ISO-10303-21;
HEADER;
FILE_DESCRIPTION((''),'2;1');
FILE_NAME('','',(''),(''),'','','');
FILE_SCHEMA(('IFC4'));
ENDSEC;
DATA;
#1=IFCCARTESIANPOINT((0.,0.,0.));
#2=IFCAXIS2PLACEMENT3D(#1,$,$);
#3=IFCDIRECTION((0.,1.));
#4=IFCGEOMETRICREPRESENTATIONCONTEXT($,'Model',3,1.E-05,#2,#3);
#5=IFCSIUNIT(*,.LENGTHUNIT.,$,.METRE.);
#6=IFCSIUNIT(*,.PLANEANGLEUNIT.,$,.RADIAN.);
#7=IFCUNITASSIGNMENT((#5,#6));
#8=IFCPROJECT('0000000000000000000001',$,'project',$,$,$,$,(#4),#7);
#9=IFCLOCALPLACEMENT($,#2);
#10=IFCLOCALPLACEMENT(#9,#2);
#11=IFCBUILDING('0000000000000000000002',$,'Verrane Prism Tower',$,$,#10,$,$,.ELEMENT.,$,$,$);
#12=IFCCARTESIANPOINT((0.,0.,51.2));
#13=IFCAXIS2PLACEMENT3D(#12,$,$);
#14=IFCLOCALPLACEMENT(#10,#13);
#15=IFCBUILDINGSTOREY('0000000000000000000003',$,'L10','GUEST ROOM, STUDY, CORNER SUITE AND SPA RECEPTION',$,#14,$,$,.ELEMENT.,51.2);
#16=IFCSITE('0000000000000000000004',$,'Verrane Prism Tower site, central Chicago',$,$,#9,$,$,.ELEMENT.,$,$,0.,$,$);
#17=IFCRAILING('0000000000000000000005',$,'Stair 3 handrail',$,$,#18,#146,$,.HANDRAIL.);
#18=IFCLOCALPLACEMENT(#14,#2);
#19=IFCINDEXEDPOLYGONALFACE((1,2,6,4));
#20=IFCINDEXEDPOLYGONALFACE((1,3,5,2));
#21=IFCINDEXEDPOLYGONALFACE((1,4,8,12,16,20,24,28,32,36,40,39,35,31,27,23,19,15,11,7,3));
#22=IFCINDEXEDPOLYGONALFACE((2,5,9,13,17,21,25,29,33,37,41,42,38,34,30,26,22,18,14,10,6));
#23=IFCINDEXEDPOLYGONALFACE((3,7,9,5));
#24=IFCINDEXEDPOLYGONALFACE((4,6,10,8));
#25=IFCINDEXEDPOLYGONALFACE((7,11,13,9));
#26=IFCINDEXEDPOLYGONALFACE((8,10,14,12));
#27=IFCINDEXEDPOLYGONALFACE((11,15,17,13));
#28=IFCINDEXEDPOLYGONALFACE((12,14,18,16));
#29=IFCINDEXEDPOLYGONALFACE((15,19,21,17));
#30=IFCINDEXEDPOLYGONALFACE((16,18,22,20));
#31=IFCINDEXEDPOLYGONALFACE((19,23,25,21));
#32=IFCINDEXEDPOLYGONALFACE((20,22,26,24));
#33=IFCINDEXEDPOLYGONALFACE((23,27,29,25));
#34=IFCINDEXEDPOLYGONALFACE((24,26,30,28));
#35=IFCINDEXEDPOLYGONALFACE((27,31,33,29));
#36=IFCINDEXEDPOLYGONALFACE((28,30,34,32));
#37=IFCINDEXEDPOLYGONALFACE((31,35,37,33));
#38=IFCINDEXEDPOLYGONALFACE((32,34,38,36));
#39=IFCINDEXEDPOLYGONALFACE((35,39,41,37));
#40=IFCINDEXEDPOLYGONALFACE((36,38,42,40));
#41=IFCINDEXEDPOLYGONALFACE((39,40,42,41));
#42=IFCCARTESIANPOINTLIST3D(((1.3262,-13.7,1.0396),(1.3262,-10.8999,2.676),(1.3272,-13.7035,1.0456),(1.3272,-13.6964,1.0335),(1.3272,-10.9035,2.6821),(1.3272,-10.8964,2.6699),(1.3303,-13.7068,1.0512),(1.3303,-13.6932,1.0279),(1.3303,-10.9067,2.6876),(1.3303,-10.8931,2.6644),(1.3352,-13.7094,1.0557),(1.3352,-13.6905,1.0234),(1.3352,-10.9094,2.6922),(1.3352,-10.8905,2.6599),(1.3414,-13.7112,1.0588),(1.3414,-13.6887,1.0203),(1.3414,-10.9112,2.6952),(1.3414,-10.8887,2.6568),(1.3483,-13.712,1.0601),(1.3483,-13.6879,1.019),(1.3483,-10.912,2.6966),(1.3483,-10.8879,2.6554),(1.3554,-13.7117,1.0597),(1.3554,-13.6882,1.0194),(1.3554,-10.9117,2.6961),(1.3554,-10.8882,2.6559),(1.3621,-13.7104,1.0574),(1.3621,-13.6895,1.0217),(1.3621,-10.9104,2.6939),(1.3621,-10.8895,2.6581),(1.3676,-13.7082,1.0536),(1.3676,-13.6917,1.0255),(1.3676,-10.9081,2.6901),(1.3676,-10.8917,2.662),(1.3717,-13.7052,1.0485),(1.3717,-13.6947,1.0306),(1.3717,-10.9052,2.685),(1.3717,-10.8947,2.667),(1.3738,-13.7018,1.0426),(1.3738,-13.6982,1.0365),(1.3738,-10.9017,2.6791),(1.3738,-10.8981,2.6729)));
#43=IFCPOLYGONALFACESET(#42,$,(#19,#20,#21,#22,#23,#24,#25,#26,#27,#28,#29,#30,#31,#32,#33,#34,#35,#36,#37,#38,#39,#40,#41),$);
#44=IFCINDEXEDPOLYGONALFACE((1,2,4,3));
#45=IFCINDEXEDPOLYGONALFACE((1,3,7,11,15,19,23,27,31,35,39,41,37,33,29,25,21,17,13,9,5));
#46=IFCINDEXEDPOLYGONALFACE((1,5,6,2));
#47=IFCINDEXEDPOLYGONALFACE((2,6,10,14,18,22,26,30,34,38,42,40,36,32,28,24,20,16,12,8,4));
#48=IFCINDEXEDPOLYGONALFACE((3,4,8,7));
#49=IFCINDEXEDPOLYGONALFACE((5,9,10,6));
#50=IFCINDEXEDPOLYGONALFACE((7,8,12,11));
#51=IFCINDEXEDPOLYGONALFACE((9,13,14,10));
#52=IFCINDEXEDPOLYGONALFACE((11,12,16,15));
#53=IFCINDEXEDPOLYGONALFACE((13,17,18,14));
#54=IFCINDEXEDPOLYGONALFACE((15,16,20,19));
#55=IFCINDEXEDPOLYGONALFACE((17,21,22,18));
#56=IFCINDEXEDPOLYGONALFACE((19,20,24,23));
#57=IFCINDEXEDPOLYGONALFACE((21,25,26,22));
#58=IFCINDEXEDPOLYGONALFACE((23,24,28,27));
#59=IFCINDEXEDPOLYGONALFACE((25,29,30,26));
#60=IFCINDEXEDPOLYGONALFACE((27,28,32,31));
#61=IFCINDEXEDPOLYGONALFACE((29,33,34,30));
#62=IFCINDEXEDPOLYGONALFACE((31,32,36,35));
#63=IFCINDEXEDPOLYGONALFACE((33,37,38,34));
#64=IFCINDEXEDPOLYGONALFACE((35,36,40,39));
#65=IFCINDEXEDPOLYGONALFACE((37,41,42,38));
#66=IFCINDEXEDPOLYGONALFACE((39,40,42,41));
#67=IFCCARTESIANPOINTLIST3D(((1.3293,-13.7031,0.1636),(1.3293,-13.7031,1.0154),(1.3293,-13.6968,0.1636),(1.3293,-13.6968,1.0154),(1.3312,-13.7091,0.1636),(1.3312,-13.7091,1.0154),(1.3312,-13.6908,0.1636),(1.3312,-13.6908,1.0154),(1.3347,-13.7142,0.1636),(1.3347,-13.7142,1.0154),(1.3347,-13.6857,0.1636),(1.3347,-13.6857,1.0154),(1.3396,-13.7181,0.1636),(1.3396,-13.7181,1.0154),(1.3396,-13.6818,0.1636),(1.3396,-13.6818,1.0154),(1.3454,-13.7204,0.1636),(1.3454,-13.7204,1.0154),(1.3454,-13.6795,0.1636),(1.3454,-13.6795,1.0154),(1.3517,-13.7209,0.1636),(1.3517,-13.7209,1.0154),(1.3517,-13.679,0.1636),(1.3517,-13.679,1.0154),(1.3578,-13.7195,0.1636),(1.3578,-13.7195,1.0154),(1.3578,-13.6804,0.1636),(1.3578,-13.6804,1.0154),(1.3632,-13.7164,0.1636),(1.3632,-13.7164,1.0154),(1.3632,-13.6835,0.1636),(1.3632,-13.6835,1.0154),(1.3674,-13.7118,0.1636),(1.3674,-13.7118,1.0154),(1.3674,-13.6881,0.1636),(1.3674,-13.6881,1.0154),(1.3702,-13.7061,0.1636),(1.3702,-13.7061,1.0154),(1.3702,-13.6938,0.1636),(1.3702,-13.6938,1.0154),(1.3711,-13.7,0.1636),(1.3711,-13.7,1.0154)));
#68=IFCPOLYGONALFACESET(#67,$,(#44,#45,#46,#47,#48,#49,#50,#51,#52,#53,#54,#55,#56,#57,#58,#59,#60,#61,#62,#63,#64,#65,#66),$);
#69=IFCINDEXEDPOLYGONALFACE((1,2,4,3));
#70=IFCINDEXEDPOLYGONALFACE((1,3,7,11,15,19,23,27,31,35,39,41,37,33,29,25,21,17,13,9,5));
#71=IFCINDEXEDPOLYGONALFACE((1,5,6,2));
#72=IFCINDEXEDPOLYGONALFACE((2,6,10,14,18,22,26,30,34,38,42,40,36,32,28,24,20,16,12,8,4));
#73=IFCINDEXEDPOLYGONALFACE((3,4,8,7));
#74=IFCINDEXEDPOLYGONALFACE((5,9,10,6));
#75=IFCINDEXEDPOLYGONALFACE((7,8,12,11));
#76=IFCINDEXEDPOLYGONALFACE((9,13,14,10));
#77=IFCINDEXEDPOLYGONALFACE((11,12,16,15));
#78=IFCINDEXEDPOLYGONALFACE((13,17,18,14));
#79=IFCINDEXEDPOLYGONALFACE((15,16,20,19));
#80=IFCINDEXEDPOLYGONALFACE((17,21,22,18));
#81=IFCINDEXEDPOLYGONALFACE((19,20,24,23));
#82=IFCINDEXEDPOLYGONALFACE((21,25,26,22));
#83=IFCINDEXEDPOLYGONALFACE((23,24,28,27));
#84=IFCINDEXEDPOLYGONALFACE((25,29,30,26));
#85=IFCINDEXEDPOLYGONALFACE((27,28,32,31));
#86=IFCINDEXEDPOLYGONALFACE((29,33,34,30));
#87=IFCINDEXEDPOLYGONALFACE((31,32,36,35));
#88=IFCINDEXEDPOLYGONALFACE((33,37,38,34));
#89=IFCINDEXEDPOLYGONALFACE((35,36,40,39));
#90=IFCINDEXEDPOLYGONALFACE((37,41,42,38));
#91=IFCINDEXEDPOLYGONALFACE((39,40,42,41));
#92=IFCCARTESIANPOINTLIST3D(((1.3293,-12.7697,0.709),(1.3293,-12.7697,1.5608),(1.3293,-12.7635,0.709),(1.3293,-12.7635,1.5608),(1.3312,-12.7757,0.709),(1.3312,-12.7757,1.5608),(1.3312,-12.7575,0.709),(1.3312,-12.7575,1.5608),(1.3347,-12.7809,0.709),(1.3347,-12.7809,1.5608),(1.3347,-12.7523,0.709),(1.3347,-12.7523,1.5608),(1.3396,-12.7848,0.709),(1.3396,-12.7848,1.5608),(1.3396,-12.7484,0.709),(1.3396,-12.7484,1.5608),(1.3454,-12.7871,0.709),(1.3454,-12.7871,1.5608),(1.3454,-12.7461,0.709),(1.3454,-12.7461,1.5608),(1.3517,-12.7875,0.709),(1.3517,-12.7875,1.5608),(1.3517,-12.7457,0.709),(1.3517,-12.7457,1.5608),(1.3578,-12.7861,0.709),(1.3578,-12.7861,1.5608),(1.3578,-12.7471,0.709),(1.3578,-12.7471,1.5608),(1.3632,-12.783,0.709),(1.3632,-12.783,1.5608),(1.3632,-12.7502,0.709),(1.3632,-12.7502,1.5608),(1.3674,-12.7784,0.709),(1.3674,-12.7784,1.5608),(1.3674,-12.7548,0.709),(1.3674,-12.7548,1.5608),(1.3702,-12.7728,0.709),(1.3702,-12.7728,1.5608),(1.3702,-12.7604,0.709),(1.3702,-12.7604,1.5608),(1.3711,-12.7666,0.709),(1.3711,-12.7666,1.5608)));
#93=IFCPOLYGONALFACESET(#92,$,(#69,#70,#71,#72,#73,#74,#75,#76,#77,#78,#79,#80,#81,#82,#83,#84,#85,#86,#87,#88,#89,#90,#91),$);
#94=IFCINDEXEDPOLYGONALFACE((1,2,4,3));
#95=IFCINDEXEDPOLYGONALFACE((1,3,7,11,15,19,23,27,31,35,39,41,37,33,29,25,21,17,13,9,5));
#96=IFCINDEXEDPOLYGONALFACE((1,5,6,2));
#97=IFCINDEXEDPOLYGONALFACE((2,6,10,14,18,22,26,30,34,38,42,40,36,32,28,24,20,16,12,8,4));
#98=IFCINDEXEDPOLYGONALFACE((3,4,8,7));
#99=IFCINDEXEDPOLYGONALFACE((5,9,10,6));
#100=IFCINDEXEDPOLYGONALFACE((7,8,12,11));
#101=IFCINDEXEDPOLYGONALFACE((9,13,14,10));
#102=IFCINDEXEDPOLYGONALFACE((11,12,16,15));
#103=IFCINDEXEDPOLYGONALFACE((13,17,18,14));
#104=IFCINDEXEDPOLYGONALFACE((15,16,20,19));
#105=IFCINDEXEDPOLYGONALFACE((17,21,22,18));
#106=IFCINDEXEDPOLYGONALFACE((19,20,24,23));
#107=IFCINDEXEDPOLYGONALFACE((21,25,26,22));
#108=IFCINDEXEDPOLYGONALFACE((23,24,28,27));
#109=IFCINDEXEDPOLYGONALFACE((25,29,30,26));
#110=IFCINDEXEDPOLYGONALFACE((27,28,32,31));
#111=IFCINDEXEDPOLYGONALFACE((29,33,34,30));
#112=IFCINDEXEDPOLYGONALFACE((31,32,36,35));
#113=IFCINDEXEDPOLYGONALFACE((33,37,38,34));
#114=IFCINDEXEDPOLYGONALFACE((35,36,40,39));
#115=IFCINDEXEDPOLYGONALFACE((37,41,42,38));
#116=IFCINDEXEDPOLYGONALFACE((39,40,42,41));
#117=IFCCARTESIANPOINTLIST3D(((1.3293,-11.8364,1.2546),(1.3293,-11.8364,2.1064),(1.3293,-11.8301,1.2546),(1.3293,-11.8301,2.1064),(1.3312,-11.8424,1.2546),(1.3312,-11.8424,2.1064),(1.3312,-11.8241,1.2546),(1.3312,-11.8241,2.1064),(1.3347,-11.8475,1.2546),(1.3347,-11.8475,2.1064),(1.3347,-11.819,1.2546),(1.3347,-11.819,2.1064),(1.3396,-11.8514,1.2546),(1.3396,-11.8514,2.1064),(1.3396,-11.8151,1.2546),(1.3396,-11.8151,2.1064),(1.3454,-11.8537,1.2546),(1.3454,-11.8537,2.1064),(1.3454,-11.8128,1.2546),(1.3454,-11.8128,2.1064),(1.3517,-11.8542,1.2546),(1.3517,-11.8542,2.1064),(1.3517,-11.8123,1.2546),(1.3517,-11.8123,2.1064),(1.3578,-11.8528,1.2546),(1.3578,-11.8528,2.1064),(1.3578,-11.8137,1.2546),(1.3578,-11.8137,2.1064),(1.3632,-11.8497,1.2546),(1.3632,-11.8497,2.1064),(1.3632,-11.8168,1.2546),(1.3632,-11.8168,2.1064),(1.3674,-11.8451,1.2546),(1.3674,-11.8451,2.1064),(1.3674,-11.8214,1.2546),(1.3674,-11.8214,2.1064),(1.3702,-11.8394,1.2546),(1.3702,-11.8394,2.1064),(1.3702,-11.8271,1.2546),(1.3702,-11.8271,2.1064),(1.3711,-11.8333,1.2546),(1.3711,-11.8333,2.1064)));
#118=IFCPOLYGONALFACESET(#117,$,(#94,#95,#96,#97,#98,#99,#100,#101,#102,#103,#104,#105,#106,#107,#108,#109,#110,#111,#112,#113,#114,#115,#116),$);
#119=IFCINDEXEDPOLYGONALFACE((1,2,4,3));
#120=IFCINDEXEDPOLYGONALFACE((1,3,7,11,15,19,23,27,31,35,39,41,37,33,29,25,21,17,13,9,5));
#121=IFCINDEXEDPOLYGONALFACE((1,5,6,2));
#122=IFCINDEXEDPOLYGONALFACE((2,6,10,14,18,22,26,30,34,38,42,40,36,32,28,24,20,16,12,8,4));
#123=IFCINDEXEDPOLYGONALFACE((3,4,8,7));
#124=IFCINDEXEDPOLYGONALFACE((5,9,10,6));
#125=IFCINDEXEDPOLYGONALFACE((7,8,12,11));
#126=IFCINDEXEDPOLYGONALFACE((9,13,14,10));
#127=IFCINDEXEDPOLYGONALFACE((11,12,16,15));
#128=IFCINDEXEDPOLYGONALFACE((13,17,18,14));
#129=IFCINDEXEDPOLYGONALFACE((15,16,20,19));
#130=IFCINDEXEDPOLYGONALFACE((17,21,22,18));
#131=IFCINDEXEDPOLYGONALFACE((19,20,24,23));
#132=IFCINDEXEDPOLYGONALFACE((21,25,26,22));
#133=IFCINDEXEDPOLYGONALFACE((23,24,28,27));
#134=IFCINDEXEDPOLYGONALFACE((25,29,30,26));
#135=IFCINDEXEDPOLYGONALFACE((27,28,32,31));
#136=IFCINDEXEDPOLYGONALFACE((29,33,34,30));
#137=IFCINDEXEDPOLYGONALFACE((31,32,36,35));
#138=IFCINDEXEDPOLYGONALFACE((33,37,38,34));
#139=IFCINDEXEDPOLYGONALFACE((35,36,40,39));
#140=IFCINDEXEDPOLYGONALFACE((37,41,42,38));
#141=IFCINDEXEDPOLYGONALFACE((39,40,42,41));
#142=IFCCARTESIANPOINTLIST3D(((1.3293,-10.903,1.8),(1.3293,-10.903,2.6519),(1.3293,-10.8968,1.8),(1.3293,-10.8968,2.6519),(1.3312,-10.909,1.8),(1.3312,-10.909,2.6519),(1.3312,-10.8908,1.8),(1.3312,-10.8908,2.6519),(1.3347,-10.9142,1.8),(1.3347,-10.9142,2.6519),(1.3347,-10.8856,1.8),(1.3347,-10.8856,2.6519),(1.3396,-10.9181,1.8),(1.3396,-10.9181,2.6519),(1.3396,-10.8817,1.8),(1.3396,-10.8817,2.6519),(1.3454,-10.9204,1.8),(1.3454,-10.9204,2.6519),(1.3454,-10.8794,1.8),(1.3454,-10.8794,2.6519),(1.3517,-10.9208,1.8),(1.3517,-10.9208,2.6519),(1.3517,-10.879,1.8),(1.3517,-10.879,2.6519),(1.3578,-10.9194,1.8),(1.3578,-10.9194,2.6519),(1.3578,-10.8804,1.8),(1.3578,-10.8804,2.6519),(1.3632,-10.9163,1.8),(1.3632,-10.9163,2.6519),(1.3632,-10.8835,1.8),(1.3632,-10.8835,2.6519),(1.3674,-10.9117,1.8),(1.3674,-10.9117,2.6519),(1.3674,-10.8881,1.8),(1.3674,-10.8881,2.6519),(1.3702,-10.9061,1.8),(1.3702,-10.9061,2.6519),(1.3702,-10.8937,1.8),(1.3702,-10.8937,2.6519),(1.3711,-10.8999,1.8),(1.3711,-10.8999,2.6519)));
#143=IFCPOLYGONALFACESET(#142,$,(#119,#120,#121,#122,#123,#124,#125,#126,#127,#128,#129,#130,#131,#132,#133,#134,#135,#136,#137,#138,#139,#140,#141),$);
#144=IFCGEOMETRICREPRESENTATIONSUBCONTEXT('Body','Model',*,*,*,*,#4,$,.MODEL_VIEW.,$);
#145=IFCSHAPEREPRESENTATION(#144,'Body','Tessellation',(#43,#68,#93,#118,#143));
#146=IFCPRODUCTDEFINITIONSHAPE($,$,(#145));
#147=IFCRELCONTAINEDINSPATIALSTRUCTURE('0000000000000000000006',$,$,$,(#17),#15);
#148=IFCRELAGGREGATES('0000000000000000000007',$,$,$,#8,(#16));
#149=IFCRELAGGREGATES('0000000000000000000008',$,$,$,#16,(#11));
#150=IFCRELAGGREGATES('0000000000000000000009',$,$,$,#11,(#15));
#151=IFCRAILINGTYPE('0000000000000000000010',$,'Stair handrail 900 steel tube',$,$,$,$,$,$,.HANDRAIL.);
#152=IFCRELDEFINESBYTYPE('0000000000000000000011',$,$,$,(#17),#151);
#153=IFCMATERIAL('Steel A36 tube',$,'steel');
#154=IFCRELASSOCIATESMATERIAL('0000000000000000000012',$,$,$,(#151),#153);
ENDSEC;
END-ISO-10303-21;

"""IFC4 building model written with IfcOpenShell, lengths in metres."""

from ifc_helpers import new_model, si_unit, direction, frame, origin, origin_2d, place, context, subcontext, project, spatial, circle, extrude, material, type_object, element, save


model = new_model("IFC4")

# Units and contexts
model_context = context("Model", 3, precision=1e-05, world=origin(), true_north=direction((0.0, 1.0)))
body_context = subcontext(model_context, "Body", "Model", "MODEL_VIEW")
ifc_project = project(units=[si_unit("LENGTHUNIT", "METRE"), si_unit("PLANEANGLEUNIT", "RADIAN")], contexts=[model_context])

# Site, building, storey
site_placement = place(None, origin())
site = spatial("IfcSite", under=ifc_project, at=site_placement, Name="Verrane Prism Tower site, central Chicago", CompositionType="ELEMENT", RefElevation=0.0)
building_placement = place(site_placement, origin())
building = spatial("IfcBuilding", under=site, at=building_placement, Name="Verrane Prism Tower", CompositionType="ELEMENT")
storey_placement = place(building_placement, frame((0.0, 0.0, 51.2)))
storey = spatial("IfcBuildingStorey", under=building, at=storey_placement, Name="L10", Description="GUEST ROOM, STUDY, CORNER SUITE AND SPA RECEPTION", CompositionType="ELEMENT", Elevation=51.2)

# Railing
ifc_material_1 = material(Name="Steel A36 tube", Category="steel")
railing_type_1 = type_object("IfcRailingType", Name="Stair handrail 900 steel tube", PredefinedType="HANDRAIL", material=ifc_material_1)
railing_1_placement = place(storey_placement, frame((1.3501, -13.7, 0.1636)))
element("IfcRailing", 1, at=railing_1_placement, inside=storey, type_object=railing_type_1, Name="Stair 3 handrail", PredefinedType="HANDRAIL", context=body_context, shape_type="SweptSolid", body=[
    extrude(circle(Radius=0.0239, at=origin_2d()), frame((0.0, 0.0, 0.876), z_axis=(0.0, 0.863361, 0.504587), x_axis=(-1.0, 0.0, 0.0)), (0.0, 0.0, 1.0), 3.2432),
    extrude(circle(Radius=0.021, at=origin_2d()), origin(), (0.0, 0.0, 1.0), 0.8518),
    extrude(circle(Radius=0.021, at=origin_2d()), frame((0.0, 0.9333, 0.5454)), (0.0, 0.0, 1.0), 0.8518),
    extrude(circle(Radius=0.021, at=origin_2d()), frame((0.0, 1.8667, 1.0911)), (0.0, 0.0, 1.0), 0.8518),
    extrude(circle(Radius=0.021, at=origin_2d()), frame((0.0, 2.8, 1.6365)), (0.0, 0.0, 1.0), 0.8518),
])

save(model, "model.ifc")
